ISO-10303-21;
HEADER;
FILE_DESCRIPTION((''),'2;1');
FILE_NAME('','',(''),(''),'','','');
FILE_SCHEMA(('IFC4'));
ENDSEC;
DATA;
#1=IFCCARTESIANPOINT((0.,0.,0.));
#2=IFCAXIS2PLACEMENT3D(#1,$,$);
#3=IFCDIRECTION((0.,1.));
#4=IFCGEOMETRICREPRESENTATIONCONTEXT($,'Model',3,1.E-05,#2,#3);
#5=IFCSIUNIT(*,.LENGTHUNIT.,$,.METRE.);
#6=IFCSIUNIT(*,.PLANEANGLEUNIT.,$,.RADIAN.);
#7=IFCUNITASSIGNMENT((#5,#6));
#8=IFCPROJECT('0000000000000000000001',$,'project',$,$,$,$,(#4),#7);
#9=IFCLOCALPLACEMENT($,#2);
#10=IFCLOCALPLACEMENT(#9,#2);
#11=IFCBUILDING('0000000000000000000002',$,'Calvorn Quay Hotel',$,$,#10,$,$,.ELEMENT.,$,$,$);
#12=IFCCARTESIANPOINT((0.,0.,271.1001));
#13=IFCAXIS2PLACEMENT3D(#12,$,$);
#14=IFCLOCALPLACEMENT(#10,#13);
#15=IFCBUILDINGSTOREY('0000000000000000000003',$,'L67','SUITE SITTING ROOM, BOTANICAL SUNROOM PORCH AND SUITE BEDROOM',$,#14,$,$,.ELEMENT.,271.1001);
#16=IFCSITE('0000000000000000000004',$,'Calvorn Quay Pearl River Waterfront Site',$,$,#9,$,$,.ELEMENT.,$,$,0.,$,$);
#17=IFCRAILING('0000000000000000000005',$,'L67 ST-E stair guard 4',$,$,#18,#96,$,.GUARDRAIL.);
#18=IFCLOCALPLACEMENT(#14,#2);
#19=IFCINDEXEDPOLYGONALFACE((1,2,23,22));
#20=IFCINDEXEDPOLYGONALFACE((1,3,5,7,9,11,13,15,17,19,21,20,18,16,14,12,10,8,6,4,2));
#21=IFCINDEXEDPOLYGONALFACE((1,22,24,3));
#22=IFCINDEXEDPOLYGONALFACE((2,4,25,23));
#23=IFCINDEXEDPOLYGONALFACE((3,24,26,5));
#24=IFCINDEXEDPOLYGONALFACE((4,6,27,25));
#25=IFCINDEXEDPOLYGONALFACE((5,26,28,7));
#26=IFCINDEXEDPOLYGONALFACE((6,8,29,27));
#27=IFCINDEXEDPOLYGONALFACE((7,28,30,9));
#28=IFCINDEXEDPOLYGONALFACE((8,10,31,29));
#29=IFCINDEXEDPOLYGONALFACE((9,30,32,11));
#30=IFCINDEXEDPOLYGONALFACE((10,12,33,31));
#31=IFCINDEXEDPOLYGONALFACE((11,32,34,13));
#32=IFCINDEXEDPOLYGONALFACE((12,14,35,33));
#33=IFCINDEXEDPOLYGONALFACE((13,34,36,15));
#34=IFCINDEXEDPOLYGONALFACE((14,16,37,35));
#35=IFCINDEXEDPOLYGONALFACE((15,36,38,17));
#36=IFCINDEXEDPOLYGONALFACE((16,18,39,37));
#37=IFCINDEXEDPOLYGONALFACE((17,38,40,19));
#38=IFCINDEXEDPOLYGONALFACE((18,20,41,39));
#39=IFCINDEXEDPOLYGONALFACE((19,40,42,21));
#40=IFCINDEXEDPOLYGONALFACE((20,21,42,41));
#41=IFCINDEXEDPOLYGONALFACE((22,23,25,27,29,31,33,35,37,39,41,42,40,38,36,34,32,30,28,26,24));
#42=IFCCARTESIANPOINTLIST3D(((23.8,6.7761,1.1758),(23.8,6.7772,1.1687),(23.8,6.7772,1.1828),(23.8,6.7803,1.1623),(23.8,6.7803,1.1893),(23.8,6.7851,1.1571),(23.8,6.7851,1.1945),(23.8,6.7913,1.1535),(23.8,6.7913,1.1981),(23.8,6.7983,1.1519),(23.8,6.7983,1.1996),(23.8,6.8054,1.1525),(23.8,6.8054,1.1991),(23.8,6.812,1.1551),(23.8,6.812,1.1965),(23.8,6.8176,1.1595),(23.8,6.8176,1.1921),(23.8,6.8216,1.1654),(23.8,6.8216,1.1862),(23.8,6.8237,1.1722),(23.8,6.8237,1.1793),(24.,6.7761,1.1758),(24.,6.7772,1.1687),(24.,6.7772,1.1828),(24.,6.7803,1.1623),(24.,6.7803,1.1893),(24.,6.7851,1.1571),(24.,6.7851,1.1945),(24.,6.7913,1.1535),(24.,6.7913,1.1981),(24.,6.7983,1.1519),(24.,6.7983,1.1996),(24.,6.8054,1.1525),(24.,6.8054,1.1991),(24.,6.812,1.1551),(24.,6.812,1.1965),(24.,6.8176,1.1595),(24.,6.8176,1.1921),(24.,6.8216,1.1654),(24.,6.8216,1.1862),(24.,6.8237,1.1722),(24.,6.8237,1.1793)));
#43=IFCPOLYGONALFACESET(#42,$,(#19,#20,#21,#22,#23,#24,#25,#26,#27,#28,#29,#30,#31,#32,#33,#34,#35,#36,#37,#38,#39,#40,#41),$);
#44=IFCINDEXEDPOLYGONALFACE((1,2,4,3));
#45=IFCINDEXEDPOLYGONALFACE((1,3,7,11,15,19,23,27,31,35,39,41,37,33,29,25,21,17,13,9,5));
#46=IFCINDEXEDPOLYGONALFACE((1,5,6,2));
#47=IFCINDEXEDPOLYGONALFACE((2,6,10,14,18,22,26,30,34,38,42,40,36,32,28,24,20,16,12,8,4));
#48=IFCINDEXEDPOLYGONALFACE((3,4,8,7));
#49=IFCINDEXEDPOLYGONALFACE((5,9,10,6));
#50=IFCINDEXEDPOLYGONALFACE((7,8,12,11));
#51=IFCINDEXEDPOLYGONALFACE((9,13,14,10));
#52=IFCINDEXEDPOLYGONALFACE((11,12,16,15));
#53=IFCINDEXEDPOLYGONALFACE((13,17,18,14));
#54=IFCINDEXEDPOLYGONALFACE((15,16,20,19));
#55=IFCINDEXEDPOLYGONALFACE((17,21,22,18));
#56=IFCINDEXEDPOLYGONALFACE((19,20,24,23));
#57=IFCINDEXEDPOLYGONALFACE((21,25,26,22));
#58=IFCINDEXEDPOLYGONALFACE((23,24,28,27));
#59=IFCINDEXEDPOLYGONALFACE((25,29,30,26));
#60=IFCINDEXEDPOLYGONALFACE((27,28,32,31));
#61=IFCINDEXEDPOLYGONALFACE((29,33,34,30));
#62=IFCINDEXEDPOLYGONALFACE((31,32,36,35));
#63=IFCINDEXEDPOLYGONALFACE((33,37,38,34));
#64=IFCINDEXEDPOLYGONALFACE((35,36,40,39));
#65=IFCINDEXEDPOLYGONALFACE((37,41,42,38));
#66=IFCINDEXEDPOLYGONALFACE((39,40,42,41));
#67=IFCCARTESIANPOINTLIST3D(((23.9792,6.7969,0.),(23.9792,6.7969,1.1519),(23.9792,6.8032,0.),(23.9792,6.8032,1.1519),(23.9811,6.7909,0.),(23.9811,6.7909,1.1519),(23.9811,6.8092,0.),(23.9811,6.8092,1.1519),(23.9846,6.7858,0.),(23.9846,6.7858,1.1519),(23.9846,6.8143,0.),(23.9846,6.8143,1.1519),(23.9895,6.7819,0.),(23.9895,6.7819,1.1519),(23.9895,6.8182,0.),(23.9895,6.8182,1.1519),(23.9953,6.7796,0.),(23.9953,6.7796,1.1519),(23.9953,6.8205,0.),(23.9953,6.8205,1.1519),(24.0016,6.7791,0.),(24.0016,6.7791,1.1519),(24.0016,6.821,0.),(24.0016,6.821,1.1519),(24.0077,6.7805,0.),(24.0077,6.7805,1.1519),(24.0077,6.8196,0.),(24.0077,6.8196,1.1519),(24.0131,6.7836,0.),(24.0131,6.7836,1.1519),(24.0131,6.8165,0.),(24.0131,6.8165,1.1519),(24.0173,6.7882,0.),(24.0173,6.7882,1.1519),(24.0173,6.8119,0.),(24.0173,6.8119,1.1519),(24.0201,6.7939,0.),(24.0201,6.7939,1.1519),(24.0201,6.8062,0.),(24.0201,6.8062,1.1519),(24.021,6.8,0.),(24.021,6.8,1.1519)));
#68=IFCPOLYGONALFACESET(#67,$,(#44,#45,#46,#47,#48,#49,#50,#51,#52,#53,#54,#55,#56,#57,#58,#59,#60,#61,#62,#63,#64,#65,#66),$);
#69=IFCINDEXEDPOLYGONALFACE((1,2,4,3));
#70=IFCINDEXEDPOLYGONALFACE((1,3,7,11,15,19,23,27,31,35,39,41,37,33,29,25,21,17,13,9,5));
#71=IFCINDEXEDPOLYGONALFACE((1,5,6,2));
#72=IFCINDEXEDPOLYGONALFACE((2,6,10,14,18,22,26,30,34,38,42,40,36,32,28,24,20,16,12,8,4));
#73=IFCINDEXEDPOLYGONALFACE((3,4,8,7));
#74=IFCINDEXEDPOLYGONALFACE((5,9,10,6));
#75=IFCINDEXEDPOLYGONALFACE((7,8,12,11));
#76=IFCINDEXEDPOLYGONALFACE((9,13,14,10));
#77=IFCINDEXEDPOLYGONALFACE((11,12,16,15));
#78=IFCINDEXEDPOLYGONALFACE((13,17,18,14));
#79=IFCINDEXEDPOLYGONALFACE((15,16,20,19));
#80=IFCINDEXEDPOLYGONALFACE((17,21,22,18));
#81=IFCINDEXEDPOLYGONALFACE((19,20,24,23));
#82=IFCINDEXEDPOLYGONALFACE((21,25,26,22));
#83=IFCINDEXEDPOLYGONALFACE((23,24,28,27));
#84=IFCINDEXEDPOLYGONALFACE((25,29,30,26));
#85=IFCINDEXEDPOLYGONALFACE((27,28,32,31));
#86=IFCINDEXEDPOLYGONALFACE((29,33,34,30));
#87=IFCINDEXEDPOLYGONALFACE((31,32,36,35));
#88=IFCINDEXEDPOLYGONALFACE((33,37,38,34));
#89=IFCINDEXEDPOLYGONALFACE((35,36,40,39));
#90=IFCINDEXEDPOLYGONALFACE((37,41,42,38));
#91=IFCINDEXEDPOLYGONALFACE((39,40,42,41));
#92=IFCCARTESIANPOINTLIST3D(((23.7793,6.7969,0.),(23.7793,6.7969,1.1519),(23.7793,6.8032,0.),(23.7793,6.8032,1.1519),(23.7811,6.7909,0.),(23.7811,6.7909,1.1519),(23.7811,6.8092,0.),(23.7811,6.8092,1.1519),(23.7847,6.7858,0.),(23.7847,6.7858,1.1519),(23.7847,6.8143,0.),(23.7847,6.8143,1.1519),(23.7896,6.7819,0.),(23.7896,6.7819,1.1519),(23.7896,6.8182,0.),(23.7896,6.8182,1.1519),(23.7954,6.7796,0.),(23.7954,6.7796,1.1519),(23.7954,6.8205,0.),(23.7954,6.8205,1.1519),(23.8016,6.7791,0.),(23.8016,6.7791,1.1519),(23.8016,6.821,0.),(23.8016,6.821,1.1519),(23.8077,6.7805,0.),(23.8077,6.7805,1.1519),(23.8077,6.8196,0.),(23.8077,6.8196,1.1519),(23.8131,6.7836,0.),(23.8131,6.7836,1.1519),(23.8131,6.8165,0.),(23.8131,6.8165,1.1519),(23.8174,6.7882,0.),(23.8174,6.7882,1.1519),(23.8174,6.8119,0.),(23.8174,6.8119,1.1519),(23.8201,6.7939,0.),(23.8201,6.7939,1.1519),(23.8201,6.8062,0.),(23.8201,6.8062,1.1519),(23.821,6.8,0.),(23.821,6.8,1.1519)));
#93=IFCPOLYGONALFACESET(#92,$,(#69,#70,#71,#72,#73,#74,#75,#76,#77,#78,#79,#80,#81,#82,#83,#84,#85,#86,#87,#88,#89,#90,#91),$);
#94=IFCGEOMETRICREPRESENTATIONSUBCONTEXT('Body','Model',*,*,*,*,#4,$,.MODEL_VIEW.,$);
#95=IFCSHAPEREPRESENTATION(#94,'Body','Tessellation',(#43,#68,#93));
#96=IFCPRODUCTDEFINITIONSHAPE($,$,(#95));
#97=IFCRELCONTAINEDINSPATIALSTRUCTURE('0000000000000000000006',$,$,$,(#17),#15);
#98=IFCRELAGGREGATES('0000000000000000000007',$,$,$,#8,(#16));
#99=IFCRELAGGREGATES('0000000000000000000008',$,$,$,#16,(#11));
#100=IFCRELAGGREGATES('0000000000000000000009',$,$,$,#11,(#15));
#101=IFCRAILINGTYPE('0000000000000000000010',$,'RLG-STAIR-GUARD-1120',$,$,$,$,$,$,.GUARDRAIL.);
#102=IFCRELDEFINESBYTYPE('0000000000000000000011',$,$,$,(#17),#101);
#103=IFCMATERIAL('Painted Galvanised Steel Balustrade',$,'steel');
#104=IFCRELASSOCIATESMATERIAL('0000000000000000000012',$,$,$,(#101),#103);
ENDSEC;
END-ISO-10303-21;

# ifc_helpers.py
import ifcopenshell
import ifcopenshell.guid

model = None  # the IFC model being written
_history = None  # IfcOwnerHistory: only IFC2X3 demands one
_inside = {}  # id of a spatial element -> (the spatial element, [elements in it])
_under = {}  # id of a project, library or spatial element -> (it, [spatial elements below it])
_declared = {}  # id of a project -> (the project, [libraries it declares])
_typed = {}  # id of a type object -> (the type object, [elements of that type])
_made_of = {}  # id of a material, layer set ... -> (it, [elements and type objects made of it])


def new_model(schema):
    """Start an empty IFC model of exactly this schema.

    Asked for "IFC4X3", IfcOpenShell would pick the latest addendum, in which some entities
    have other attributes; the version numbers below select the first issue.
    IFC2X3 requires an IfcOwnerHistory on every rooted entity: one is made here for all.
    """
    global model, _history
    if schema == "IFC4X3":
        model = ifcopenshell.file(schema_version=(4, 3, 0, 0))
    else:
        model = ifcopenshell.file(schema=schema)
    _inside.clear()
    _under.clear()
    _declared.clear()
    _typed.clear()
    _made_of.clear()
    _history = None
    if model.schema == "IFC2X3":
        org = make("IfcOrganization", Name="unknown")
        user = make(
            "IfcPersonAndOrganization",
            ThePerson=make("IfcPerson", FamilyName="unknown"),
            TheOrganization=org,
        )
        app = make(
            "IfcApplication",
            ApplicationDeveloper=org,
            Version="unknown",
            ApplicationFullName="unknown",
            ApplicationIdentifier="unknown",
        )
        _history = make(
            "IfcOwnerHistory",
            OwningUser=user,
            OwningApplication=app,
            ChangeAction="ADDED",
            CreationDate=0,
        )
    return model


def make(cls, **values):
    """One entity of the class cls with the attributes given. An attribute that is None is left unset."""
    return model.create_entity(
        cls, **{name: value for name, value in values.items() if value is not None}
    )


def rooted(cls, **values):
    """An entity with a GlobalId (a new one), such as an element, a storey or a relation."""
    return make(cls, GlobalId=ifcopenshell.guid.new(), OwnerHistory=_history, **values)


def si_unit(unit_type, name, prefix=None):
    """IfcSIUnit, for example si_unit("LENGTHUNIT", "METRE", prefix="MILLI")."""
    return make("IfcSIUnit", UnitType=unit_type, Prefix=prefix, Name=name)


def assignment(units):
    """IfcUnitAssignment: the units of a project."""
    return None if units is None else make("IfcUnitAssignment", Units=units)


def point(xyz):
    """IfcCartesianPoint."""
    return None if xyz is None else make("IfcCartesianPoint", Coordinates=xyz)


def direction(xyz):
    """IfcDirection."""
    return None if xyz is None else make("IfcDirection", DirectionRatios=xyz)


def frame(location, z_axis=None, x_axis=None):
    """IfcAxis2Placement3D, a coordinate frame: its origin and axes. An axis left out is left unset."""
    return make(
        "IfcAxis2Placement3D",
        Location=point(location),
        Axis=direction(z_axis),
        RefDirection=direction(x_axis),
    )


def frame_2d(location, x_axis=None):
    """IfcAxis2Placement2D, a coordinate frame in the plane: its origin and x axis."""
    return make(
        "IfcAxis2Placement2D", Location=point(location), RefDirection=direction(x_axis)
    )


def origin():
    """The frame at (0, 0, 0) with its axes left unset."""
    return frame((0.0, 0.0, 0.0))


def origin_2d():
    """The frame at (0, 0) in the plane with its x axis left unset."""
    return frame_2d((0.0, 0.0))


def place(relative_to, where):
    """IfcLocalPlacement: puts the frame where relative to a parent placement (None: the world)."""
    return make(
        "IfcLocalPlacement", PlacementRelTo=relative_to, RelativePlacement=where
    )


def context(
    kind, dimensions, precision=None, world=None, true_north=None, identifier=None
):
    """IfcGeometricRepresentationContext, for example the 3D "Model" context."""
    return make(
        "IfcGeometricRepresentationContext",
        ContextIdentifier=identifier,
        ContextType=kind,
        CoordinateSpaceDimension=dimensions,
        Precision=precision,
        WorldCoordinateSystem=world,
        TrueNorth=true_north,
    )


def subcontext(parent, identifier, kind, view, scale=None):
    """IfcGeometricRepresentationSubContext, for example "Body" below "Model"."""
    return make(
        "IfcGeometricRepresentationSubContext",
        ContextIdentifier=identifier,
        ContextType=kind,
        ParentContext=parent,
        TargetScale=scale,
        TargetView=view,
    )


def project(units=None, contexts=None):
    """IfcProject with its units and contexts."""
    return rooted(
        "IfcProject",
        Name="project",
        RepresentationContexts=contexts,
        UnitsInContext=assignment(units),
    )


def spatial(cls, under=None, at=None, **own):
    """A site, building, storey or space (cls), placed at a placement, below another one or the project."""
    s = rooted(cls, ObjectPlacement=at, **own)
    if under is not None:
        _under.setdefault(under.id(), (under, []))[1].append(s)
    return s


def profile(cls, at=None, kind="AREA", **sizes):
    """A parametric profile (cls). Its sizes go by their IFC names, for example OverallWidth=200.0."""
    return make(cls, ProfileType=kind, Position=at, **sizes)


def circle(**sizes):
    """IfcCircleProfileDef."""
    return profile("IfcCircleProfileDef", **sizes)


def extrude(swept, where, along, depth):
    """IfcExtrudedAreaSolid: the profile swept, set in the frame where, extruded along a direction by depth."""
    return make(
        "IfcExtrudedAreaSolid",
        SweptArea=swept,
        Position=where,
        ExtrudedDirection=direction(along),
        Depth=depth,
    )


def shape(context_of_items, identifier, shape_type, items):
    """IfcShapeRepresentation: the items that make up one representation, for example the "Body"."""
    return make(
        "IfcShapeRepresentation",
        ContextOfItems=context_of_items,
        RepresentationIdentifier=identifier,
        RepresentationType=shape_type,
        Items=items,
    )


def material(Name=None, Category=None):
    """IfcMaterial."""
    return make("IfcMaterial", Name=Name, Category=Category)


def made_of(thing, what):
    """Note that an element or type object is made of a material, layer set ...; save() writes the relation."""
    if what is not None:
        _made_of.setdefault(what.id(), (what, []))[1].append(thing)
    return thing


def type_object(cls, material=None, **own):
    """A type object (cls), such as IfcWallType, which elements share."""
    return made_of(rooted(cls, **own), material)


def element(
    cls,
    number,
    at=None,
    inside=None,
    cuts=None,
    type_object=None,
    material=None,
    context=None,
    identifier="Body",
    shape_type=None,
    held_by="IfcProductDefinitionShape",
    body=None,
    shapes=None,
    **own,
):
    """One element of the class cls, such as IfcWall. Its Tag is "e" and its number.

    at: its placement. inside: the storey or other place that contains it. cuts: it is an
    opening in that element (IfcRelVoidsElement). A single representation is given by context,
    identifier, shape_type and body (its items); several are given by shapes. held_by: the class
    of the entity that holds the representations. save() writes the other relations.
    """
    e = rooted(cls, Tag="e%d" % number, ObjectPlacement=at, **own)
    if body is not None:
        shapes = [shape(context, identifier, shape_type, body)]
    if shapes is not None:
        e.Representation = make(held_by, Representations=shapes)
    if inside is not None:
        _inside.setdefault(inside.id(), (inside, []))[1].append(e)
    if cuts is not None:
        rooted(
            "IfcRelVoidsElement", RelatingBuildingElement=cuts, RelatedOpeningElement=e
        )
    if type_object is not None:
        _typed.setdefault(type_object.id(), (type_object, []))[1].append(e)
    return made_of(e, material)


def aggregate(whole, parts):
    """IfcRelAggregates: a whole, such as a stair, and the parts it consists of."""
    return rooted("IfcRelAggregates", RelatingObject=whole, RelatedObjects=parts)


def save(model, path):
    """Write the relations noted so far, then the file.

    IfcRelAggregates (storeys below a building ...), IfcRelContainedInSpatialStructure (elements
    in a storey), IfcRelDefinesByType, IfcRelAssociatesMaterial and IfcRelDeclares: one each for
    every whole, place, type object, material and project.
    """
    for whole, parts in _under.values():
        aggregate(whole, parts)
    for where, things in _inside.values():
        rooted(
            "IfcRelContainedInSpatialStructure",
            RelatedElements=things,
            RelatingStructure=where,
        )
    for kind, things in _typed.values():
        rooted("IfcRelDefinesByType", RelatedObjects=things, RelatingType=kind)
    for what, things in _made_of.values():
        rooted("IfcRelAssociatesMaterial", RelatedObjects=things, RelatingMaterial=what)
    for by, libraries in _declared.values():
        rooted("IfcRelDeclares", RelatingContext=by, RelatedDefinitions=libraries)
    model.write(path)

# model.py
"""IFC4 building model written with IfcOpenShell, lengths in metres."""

from ifc_helpers import new_model, si_unit, direction, frame, origin, origin_2d, place, context, subcontext, project, spatial, circle, extrude, material, type_object, element, save


model = new_model("IFC4")

# Units and contexts
model_context = context("Model", 3, precision=1e-05, world=origin(), true_north=direction((0.0, 1.0)))
body_context = subcontext(model_context, "Body", "Model", "MODEL_VIEW")
ifc_project = project(units=[si_unit("LENGTHUNIT", "METRE"), si_unit("PLANEANGLEUNIT", "RADIAN")], contexts=[model_context])

# Site, building, storey
site_placement = place(None, origin())
site = spatial("IfcSite", under=ifc_project, at=site_placement, Name="Calvorn Quay Pearl River Waterfront Site", CompositionType="ELEMENT", RefElevation=0.0)
building_placement = place(site_placement, origin())
building = spatial("IfcBuilding", under=site, at=building_placement, Name="Calvorn Quay Hotel", CompositionType="ELEMENT")
storey_placement = place(building_placement, frame((0.0, 0.0, 271.1001)))
storey = spatial("IfcBuildingStorey", under=building, at=storey_placement, Name="L67", Description="SUITE SITTING ROOM, BOTANICAL SUNROOM PORCH AND SUITE BEDROOM", CompositionType="ELEMENT", Elevation=271.1001)

# Railing
ifc_material_1 = material(Name="Painted Galvanised Steel Balustrade", Category="steel")
railing_type_1 = type_object("IfcRailingType", Name="RLG-STAIR-GUARD-1120", PredefinedType="GUARDRAIL", material=ifc_material_1)
railing_1_placement = place(storey_placement, frame((24.0, 6.8, 0.0)))
element("IfcRailing", 1, at=railing_1_placement, inside=storey, type_object=railing_type_1, Name="L67 ST-E stair guard 4", PredefinedType="GUARDRAIL", context=body_context, shape_type="SweptSolid", body=[
    extrude(circle(Radius=0.0239, at=origin_2d()), frame((0.0, 0.0, 1.1758), z_axis=(-1.0, 0.0, 0.0), x_axis=(0.0, -1.0, 0.0)), (0.0, 0.0, 1.0), 0.2),
    extrude(circle(Radius=0.021, at=origin_2d()), origin(), (0.0, 0.0, 1.0), 1.1519),
    extrude(circle(Radius=0.021, at=origin_2d()), frame((-0.2, 0.0, 0.0)), (0.0, 0.0, 1.0), 1.1519),
])

save(model, "model.ifc")
